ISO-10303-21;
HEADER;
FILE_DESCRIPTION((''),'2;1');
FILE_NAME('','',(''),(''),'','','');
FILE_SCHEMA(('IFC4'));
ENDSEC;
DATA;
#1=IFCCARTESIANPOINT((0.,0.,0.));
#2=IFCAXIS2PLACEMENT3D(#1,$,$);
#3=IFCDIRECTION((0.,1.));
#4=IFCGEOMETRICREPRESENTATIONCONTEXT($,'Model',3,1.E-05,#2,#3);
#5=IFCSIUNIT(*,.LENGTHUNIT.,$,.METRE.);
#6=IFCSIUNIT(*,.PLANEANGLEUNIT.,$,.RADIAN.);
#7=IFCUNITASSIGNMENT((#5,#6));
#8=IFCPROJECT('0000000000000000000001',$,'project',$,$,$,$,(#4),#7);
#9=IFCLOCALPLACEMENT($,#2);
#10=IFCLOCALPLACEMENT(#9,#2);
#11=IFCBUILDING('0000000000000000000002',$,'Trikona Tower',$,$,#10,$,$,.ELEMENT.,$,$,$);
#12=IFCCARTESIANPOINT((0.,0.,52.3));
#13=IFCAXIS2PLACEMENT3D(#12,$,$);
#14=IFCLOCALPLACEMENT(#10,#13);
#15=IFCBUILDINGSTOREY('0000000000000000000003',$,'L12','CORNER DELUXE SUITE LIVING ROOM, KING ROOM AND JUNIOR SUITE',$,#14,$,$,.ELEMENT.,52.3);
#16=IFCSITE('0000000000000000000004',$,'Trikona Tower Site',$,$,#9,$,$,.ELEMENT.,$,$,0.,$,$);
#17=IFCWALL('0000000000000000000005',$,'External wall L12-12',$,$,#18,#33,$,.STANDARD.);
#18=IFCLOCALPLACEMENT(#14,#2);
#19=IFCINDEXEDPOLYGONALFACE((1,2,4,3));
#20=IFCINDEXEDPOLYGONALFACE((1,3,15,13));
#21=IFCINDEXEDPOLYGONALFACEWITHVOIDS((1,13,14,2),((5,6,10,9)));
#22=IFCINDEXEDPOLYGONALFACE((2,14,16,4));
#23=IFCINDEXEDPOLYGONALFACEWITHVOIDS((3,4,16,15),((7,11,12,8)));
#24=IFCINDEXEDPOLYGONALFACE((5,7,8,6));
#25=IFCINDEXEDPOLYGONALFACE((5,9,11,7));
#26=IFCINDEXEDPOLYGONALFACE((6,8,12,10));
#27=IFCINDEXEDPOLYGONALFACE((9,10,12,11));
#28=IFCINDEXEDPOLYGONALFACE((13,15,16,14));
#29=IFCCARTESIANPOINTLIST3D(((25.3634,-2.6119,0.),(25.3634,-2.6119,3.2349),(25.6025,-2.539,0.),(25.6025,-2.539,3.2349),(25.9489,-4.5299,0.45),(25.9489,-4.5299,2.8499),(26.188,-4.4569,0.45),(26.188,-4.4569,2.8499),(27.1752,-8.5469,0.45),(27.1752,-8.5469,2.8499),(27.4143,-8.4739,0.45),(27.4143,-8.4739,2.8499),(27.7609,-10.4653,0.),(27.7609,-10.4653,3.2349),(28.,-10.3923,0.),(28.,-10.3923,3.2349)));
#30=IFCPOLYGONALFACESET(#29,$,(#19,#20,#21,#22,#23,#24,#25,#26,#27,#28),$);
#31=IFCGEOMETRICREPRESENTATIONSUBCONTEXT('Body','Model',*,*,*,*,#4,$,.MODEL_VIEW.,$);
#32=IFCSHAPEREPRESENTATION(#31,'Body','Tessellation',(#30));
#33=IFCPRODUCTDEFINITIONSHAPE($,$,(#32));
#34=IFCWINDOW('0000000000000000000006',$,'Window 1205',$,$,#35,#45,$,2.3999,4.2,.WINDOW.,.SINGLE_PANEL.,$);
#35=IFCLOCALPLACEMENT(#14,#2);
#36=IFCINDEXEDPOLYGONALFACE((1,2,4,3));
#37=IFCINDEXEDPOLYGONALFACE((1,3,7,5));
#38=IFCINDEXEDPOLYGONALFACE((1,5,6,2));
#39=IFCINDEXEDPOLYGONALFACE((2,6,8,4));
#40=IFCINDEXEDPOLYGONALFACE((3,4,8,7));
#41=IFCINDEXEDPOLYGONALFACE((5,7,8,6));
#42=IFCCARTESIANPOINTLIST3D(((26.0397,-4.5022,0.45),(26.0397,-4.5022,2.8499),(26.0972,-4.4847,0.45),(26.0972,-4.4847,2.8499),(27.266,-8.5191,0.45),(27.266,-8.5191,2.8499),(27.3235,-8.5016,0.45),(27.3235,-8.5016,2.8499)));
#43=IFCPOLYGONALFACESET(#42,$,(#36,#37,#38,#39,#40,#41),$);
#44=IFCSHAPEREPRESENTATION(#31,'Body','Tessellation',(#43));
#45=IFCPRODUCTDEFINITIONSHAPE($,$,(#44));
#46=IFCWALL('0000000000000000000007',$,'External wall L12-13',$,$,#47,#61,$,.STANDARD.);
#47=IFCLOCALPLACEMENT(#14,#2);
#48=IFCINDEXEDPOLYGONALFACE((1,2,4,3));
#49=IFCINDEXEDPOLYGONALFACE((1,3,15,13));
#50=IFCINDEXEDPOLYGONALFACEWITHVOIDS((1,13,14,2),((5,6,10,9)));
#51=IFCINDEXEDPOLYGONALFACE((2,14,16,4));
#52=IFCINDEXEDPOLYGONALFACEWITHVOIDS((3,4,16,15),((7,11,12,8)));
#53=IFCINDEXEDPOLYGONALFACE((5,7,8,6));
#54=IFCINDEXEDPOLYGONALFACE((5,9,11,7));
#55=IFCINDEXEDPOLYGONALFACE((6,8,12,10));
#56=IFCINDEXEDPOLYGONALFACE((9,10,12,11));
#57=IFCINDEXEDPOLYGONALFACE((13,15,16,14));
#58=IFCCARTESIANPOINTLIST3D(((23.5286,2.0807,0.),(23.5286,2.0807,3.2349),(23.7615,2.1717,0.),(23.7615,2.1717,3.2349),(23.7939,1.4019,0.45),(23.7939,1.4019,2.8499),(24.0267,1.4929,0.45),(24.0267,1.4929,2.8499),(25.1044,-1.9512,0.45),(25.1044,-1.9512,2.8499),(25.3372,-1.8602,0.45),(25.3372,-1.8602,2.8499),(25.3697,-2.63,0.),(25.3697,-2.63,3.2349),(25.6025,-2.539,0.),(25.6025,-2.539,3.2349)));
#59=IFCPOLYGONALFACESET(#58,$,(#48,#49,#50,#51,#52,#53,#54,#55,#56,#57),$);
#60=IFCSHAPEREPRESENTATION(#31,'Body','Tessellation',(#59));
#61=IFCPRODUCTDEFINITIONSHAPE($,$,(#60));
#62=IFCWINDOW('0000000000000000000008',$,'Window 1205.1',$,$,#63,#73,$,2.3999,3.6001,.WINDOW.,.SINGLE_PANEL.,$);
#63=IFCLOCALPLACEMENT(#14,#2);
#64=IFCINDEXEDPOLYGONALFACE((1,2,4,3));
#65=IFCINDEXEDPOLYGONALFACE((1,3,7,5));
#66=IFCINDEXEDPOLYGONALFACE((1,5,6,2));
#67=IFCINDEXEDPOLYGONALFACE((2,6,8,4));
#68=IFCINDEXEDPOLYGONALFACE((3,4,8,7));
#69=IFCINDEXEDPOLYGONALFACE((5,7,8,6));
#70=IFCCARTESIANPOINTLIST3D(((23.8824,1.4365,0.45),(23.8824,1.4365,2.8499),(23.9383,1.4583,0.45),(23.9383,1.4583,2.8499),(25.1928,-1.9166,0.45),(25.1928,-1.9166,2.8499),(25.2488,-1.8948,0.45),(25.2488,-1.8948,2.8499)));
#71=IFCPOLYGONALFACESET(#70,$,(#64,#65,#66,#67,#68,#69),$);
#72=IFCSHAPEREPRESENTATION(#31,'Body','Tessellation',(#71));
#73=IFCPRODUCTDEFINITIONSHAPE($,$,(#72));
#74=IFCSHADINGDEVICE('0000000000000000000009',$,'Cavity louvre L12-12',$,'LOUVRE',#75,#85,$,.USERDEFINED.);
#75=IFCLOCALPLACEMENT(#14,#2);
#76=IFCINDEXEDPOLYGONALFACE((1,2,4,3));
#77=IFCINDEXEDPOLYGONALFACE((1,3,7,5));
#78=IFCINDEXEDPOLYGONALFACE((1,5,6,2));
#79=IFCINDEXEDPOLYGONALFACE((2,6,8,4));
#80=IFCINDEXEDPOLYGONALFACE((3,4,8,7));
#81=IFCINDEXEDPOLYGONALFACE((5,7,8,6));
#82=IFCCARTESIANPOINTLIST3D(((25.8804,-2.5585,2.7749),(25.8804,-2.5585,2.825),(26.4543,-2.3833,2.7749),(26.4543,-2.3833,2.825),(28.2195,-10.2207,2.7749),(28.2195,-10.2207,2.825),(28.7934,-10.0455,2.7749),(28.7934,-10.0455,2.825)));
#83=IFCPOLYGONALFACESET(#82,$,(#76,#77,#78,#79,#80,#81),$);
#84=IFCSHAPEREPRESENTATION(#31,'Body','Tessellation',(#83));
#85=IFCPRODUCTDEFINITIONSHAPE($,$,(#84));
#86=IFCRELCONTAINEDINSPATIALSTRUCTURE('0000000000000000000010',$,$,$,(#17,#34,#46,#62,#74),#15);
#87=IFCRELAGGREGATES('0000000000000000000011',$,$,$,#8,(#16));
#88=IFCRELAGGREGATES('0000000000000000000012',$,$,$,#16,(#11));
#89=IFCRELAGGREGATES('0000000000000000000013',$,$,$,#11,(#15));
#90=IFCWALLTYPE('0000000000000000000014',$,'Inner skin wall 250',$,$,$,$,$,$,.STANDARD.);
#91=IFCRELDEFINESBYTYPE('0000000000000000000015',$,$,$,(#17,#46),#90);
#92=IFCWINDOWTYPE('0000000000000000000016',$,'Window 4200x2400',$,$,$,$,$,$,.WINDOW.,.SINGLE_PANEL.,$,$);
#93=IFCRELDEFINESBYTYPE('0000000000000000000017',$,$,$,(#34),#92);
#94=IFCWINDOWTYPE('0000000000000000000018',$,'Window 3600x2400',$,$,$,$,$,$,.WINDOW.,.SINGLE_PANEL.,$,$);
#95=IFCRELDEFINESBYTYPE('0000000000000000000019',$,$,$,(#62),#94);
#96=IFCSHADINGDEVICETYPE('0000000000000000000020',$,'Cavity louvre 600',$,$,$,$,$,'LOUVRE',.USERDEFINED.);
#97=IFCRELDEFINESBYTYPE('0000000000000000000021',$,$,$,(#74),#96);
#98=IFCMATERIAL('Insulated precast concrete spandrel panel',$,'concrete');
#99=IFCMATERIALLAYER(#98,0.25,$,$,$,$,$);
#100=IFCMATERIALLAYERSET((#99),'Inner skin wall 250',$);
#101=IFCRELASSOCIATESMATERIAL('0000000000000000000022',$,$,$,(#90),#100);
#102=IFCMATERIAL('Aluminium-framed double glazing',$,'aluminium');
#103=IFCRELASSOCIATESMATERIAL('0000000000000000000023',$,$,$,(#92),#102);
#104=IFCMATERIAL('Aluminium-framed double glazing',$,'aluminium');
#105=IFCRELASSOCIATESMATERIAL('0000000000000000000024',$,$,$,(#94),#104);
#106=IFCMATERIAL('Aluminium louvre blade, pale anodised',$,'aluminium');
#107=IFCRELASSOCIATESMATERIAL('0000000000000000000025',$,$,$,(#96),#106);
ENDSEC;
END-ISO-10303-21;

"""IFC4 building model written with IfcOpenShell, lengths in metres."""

from ifc_helpers import new_model, si_unit, direction, frame, frame_2d, origin, origin_2d, place, context, subcontext, project, spatial, rectangle, extrude, material, layer, layer_set, type_object, element, fill, save


model = new_model("IFC4")

# Units and contexts
model_context = context("Model", 3, precision=1e-05, world=origin(), true_north=direction((0.0, 1.0)))
body_context = subcontext(model_context, "Body", "Model", "MODEL_VIEW")
ifc_project = project(units=[si_unit("LENGTHUNIT", "METRE"), si_unit("PLANEANGLEUNIT", "RADIAN")], contexts=[model_context])

# Site, building, storey
site_placement = place(None, origin())
site = spatial("IfcSite", under=ifc_project, at=site_placement, Name="Trikona Tower Site", CompositionType="ELEMENT", RefElevation=0.0)
building_placement = place(site_placement, origin())
building = spatial("IfcBuilding", under=site, at=building_placement, Name="Trikona Tower", CompositionType="ELEMENT")
storey_placement = place(building_placement, frame((0.0, 0.0, 52.3)))
storey = spatial("IfcBuildingStorey", under=building, at=storey_placement, Name="L12", Description="CORNER DELUXE SUITE LIVING ROOM, KING ROOM AND JUNIOR SUITE", CompositionType="ELEMENT", Elevation=52.3)

# Walls, openings, windows
ifc_material_1 = material(Name="Insulated precast concrete spandrel panel", Category="concrete")
ifc_layer_1 = layer(ifc_material_1, 0.25)
ifc_layer_set_1 = layer_set([ifc_layer_1], Name="Inner skin wall 250")
wall_type = type_object("IfcWallType", Name="Inner skin wall 250", PredefinedType="STANDARD", material=ifc_layer_set_1)
wall_1_placement = place(storey_placement, frame((27.8804, -10.4287, 0.0), z_axis=(0.0, 0.0, 1.0), x_axis=(-0.291979, 0.956425, 0.0)))
wall_1 = element("IfcWall", 1, at=wall_1_placement, inside=storey, type_object=wall_type, Name="External wall L12-12", PredefinedType="STANDARD", context=body_context, shape_type="SweptSolid", body=[
    extrude(rectangle(XDim=8.2112, YDim=0.25, at=frame_2d((4.1055, 0.0))), origin(), (0.0, 0.0, 1.0), 3.2349),
])
opening_1_placement = place(wall_1_placement, frame((2.0056, 0.0, 0.45)))
opening_1 = element("IfcOpeningElement", 2, at=opening_1_placement, cuts=wall_1, PredefinedType="OPENING", context=body_context, shape_type="SweptSolid", body=[
    extrude(rectangle(XDim=4.2, YDim=2.3999, at=frame_2d((2.1001, 1.2))), frame((0.0, 0.135, 0.0), z_axis=(0.0, -1.0, 0.0), x_axis=(1.0, 0.0, 0.0)), (0.0, 0.0, 1.0), 0.27),
])
ifc_material_2 = material(Name="Aluminium-framed double glazing", Category="aluminium")
window_type_1 = type_object("IfcWindowType", Name="Window 4200x2400", PartitioningType="SINGLE_PANEL", PredefinedType="WINDOW", material=ifc_material_2)
window_1_placement = place(opening_1_placement, origin())
window_1 = element("IfcWindow", 3, at=window_1_placement, inside=storey, type_object=window_type_1, Name="Window 1205", OverallHeight=2.3999, OverallWidth=4.2, PartitioningType="SINGLE_PANEL", PredefinedType="WINDOW", context=body_context, shape_type="SweptSolid", body=[
    extrude(rectangle(XDim=4.2, YDim=2.3999, at=frame_2d((2.1001, 1.2))), frame((0.0, 0.03, 0.0), z_axis=(0.0, -1.0, 0.0), x_axis=(1.0, 0.0, 0.0)), (0.0, 0.0, 1.0), 0.0601),
])
fill(opening_1, window_1)
wall_2_placement = place(storey_placement, frame((25.4861, -2.5845, 0.0), z_axis=(0.0, 0.0, 1.0), x_axis=(-0.364013, 0.931394, 0.0)))
wall_2 = element("IfcWall", 4, at=wall_2_placement, inside=storey, type_object=wall_type, Name="External wall L12-13", PredefinedType="STANDARD", context=body_context, shape_type="SweptSolid", body=[
    extrude(rectangle(XDim=5.0576, YDim=0.25, at=frame_2d((2.5288, 0.0))), origin(), (0.0, 0.0, 1.0), 3.2349),
])
opening_2_placement = place(wall_2_placement, frame((0.7288, 0.0, 0.45)))
opening_2 = element("IfcOpeningElement", 5, at=opening_2_placement, cuts=wall_2, PredefinedType="OPENING", context=body_context, shape_type="SweptSolid", body=[
    extrude(rectangle(XDim=3.6001, YDim=2.3999, at=frame_2d((1.8, 1.2))), frame((0.0, 0.135, 0.0), z_axis=(0.0, -1.0, 0.0), x_axis=(1.0, 0.0, 0.0)), (0.0, 0.0, 1.0), 0.27),
])
ifc_material_3 = material(Name="Aluminium-framed double glazing", Category="aluminium")
window_type_2 = type_object("IfcWindowType", Name="Window 3600x2400", PartitioningType="SINGLE_PANEL", PredefinedType="WINDOW", material=ifc_material_3)
window_2_placement = place(opening_2_placement, origin())
window_2 = element("IfcWindow", 6, at=window_2_placement, inside=storey, type_object=window_type_2, Name="Window 1205.1", OverallHeight=2.3999, OverallWidth=3.6001, PartitioningType="SINGLE_PANEL", PredefinedType="WINDOW", context=body_context, shape_type="SweptSolid", body=[
    extrude(rectangle(XDim=3.6001, YDim=2.3999, at=frame_2d((1.8, 1.2))), frame((0.0, 0.03, 0.0), z_axis=(0.0, -1.0, 0.0), x_axis=(1.0, 0.0, 0.0)), (0.0, 0.0, 1.0), 0.0601),
])
fill(opening_2, window_2)

# Shading device
ifc_material_4 = material(Name="Aluminium louvre blade, pale anodised", Category="aluminium")
shading_device_type = type_object("IfcShadingDeviceType", Name="Cavity louvre 600", ElementType="LOUVRE", PredefinedType="USERDEFINED", material=ifc_material_4)
shading_device_placement = place(storey_placement, frame((27.3369, -6.302, 2.7749), z_axis=(0.0, 0.0, 1.0), x_axis=(-0.291979, 0.956425, 0.0)))
element("IfcShadingDevice", 7, at=shading_device_placement, inside=storey, type_object=shading_device_type, Name="Cavity louvre L12-12", ObjectType="LOUVRE", PredefinedType="USERDEFINED", context=body_context, shape_type="SweptSolid", body=[
    extrude(rectangle(XDim=8.0112, YDim=0.6001, at=origin_2d()), origin(), (0.0, 0.0, 1.0), 0.05),
])

save(model, "model.ifc")
